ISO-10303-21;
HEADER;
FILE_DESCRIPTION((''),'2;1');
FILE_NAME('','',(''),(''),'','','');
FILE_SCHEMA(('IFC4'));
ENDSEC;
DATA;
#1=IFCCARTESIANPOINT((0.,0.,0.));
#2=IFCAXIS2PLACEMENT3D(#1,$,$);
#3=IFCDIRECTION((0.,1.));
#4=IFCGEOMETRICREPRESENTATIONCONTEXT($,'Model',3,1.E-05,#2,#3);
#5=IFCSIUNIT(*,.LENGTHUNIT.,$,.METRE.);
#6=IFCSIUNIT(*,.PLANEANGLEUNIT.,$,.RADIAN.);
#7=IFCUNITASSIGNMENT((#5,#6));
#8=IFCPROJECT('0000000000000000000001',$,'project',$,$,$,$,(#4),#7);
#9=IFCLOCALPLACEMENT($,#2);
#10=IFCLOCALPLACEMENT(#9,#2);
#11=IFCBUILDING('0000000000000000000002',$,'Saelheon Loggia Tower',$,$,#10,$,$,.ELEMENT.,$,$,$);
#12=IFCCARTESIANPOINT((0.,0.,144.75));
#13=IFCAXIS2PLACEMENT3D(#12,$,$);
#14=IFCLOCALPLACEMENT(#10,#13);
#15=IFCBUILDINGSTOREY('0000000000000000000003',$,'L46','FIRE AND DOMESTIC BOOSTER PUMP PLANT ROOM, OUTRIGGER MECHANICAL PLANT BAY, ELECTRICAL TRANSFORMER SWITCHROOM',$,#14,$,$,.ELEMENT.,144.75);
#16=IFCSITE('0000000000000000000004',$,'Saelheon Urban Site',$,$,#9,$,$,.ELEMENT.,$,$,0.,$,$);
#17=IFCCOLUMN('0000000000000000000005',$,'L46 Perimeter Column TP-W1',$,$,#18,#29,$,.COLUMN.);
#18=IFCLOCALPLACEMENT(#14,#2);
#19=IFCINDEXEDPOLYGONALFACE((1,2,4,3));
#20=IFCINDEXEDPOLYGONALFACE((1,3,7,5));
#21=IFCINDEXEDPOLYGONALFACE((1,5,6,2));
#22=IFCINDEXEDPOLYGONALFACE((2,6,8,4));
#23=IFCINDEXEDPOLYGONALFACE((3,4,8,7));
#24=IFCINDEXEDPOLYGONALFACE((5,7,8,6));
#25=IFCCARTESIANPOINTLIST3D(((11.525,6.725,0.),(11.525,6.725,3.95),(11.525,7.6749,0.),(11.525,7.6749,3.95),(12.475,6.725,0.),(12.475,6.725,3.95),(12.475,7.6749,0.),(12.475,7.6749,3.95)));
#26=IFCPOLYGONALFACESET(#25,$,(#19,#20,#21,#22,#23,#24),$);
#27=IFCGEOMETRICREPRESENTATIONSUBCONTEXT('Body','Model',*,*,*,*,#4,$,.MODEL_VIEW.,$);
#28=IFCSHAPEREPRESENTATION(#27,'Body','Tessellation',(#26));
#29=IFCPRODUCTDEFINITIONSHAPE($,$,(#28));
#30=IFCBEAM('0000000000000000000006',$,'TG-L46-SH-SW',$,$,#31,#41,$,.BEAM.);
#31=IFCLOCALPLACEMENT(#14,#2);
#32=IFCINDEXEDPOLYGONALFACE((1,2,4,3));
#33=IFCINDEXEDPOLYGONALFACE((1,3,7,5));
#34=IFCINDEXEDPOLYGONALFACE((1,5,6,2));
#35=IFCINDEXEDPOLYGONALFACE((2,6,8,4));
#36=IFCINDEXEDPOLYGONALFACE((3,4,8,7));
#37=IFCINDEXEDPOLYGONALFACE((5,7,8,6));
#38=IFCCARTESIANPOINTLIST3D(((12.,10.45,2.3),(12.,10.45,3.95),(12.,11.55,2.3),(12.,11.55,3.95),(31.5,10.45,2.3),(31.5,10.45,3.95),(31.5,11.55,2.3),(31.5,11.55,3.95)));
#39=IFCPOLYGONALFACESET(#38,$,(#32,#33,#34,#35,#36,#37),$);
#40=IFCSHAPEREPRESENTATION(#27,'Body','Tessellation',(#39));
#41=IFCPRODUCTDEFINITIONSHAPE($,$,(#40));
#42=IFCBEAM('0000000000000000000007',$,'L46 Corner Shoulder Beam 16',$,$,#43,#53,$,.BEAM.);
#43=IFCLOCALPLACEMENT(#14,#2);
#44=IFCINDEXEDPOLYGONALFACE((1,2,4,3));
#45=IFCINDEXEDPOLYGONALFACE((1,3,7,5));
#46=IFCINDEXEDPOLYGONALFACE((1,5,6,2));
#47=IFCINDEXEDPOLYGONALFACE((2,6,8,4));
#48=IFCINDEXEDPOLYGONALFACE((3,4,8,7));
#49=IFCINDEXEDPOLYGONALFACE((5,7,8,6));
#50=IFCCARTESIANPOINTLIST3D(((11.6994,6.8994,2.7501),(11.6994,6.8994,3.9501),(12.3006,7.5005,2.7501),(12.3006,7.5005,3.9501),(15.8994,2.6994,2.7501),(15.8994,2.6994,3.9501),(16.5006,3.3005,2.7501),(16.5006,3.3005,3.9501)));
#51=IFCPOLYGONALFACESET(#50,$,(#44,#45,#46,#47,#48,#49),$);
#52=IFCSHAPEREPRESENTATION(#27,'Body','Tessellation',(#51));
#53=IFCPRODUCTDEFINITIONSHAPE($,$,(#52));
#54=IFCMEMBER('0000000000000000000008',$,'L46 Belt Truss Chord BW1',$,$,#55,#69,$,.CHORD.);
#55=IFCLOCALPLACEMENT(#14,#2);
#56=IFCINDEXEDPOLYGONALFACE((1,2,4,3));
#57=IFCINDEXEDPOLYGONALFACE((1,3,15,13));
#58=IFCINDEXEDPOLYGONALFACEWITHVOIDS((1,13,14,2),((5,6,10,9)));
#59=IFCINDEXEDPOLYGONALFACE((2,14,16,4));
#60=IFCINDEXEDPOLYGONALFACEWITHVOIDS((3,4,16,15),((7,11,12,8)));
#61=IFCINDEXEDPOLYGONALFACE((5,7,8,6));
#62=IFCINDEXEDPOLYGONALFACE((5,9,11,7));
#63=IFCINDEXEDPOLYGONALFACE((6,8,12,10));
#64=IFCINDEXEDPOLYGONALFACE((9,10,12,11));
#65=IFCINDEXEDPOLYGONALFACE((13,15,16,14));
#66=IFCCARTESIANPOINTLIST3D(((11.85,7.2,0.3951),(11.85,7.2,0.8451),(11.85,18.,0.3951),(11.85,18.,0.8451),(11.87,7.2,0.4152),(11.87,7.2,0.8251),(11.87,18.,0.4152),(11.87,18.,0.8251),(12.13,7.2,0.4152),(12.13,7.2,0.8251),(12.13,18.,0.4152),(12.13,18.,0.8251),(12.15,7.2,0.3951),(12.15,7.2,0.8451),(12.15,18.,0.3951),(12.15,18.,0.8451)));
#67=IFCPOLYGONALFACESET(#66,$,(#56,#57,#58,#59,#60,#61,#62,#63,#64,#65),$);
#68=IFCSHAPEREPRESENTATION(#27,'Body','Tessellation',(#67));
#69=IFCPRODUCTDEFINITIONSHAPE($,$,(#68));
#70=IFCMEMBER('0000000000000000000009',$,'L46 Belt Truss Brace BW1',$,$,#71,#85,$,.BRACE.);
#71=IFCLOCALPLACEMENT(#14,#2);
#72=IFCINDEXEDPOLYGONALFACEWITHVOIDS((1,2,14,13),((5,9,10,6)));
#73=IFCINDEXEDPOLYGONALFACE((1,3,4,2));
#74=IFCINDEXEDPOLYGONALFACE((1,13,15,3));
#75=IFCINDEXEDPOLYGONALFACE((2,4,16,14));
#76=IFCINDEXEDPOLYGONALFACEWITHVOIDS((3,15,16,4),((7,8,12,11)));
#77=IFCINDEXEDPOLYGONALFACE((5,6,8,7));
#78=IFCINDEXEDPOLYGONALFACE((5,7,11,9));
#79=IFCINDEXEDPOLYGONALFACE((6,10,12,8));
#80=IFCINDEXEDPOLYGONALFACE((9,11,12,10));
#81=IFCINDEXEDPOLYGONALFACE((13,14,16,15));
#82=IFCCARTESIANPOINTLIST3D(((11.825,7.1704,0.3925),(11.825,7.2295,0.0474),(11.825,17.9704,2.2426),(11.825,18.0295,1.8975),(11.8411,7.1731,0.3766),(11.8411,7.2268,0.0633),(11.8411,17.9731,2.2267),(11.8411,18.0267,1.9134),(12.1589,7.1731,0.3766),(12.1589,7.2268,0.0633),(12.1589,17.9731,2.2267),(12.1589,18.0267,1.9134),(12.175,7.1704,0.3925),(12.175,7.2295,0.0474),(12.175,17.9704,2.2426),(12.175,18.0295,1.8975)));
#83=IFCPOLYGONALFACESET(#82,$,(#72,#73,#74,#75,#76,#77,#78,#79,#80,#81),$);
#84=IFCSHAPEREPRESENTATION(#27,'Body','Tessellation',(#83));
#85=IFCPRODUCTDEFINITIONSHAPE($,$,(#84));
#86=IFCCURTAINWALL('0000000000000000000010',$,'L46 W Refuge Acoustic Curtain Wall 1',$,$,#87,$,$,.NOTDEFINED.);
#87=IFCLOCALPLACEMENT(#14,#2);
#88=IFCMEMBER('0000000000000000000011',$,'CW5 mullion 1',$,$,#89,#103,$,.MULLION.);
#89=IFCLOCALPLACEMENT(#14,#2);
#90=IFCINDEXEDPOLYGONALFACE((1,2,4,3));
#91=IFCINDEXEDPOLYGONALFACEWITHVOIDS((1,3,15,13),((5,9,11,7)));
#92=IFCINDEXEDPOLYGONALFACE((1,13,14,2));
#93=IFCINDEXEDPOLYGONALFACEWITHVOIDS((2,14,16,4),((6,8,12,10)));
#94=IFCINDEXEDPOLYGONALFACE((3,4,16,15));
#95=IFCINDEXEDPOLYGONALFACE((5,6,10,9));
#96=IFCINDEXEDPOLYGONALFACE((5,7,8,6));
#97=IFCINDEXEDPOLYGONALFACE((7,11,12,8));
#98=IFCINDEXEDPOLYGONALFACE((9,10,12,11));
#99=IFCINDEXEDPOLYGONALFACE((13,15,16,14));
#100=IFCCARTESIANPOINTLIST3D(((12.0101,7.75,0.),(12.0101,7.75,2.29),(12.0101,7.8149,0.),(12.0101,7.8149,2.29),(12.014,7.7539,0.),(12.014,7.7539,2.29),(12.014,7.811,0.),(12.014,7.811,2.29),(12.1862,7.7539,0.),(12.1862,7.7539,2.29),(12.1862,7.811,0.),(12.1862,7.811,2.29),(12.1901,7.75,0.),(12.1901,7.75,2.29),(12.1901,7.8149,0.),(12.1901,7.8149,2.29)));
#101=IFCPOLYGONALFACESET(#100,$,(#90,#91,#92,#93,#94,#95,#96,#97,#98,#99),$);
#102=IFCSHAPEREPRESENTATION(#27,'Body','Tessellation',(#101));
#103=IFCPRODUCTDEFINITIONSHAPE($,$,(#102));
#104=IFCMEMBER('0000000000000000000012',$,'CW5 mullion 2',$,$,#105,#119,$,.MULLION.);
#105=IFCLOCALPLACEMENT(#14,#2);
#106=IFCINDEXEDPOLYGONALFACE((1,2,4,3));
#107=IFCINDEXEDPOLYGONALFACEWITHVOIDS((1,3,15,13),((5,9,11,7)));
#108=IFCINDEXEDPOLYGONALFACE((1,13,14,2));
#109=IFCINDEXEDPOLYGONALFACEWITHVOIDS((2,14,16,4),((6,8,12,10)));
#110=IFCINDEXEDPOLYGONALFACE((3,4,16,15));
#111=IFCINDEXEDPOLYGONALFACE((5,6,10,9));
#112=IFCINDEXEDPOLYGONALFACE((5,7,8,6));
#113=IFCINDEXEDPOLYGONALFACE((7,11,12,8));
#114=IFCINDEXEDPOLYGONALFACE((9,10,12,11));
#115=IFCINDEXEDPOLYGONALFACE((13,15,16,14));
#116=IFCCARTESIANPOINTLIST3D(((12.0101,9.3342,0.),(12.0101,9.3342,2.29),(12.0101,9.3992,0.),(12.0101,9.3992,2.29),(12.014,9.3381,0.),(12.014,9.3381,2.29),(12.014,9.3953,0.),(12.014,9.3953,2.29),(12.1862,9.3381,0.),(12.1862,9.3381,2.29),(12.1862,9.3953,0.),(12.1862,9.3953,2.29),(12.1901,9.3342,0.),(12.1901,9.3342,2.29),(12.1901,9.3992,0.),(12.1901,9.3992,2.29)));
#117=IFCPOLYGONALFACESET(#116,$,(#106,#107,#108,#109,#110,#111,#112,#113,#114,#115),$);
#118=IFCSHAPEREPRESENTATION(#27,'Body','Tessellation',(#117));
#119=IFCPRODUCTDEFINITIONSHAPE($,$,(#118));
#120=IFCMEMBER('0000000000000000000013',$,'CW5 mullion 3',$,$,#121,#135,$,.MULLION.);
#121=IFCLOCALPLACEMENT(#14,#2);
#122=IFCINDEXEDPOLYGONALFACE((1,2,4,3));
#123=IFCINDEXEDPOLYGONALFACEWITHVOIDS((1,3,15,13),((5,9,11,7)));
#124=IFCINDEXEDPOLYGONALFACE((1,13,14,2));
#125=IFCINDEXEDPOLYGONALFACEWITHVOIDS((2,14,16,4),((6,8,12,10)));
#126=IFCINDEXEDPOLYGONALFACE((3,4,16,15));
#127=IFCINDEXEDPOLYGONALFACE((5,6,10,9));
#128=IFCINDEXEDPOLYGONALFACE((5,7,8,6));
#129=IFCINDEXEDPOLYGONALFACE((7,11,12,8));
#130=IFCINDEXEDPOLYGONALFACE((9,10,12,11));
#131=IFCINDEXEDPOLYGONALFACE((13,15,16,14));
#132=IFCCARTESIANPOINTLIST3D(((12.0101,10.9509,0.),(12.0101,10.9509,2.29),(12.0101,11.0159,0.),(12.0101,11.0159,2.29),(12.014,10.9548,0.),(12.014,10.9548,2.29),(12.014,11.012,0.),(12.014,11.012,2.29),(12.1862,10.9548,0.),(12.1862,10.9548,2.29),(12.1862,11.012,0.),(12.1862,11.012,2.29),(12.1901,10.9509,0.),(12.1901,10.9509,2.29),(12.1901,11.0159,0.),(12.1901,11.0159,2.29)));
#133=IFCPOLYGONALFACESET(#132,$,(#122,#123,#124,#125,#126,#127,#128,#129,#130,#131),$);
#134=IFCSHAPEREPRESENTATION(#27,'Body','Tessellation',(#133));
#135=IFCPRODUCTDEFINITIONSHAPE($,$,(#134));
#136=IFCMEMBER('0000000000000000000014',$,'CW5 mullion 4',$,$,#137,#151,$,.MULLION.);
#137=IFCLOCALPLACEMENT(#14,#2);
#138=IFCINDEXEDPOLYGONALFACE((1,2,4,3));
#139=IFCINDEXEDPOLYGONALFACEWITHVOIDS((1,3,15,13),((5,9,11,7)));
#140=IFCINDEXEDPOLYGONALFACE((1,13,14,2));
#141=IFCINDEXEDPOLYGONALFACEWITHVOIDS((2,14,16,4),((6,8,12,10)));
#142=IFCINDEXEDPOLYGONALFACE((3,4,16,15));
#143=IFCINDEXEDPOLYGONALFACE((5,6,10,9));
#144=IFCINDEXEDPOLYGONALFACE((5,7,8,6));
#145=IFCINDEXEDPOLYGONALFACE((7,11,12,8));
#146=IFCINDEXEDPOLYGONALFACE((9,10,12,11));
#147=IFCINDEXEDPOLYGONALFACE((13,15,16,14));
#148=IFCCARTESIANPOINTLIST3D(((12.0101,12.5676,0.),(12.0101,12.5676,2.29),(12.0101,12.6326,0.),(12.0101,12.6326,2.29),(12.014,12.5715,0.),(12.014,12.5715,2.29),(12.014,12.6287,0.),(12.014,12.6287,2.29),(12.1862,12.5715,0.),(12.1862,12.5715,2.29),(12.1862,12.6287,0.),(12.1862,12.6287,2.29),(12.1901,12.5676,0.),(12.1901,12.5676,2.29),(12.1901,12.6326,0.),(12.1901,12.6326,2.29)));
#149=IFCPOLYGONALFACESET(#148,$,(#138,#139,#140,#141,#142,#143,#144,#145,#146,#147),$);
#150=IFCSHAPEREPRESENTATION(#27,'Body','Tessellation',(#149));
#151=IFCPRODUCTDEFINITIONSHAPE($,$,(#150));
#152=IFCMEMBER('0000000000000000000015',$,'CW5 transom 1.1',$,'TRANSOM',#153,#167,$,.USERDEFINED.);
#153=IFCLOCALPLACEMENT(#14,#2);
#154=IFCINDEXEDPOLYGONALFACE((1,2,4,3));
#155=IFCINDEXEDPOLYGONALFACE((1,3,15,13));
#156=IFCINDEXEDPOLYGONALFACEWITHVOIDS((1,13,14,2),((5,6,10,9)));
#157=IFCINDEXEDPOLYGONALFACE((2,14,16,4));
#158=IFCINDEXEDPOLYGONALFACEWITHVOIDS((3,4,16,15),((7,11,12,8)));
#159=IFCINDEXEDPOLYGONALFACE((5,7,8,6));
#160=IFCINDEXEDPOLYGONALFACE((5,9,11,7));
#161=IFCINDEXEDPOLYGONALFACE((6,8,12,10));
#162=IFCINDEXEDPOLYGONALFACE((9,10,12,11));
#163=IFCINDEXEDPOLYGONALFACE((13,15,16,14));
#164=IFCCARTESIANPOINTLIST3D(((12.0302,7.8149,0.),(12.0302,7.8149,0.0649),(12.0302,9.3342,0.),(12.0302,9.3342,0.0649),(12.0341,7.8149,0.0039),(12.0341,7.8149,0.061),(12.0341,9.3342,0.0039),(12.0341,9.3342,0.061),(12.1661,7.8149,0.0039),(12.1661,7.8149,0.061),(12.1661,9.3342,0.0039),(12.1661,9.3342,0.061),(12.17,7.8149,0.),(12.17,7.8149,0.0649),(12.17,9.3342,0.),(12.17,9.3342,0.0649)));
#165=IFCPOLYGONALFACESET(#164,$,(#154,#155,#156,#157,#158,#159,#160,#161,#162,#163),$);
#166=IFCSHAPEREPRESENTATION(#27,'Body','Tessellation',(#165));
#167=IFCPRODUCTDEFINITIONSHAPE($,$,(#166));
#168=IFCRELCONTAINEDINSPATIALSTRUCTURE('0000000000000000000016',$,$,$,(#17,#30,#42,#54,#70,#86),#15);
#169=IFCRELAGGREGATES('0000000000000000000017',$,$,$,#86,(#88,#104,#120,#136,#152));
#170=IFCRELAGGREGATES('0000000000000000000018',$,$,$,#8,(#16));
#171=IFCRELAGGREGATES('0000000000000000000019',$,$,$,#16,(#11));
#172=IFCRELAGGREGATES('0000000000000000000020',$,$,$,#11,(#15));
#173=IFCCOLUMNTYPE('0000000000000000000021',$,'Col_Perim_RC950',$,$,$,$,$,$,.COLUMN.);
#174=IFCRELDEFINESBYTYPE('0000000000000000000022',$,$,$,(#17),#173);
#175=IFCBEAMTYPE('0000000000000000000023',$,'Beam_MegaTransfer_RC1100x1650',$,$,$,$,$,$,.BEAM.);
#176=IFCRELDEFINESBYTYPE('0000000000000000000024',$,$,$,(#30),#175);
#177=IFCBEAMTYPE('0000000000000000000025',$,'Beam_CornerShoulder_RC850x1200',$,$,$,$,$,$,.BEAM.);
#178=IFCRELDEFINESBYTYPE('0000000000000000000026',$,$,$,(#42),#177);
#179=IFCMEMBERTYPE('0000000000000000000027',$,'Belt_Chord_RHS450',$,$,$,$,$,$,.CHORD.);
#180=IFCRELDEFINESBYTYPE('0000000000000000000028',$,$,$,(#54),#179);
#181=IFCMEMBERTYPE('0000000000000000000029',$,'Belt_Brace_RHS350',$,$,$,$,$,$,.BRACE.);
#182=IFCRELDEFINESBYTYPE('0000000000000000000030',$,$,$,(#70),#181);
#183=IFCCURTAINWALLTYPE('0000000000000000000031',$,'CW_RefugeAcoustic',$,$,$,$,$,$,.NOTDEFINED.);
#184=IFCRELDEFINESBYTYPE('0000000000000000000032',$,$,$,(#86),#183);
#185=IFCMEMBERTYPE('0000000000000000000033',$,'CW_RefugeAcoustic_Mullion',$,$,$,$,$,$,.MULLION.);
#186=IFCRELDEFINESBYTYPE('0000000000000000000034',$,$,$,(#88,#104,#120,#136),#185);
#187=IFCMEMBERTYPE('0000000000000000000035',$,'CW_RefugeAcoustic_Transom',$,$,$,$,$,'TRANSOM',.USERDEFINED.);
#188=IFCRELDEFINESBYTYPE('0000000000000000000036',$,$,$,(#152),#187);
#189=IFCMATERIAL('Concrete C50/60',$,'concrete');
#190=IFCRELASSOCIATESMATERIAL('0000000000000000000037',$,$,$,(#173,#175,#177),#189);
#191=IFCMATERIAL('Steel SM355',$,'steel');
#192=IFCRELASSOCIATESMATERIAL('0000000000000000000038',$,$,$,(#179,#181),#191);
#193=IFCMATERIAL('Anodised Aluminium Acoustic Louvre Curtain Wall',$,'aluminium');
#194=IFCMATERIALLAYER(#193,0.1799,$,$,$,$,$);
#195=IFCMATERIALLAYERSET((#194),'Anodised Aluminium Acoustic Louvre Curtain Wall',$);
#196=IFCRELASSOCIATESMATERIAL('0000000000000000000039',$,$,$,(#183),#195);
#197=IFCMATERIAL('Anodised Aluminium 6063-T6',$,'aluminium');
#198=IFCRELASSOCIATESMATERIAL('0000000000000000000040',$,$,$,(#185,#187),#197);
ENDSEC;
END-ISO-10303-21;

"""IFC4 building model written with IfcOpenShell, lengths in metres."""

from ifc_helpers import new_model, si_unit, direction, frame, origin, origin_2d, place, context, subcontext, project, spatial, rectangle, hollow_rectangle, extrude, source, transform, mapped, material, layer, layer_set, material_profile, profile_set, type_object, element, aggregate, save


model = new_model("IFC4")

# Units and contexts
model_context = context("Model", 3, precision=1e-05, world=origin(), true_north=direction((0.0, 1.0)))
body_context = subcontext(model_context, "Body", "Model", "MODEL_VIEW")
ifc_project = project(units=[si_unit("LENGTHUNIT", "METRE"), si_unit("PLANEANGLEUNIT", "RADIAN")], contexts=[model_context])

# Site, building, storey
site_placement = place(None, origin())
site = spatial("IfcSite", under=ifc_project, at=site_placement, Name="Saelheon Urban Site", CompositionType="ELEMENT", RefElevation=0.0)
building_placement = place(site_placement, origin())
building = spatial("IfcBuilding", under=site, at=building_placement, Name="Saelheon Loggia Tower", CompositionType="ELEMENT")
storey_placement = place(building_placement, frame((0.0, 0.0, 144.75)))
storey = spatial("IfcBuildingStorey", under=building, at=storey_placement, Name="L46", Description="FIRE AND DOMESTIC BOOSTER PUMP PLANT ROOM, OUTRIGGER MECHANICAL PLANT BAY, ELECTRICAL TRANSFORMER SWITCHROOM", CompositionType="ELEMENT", Elevation=144.75)

# Column
ifc_material_1 = material(Name="Concrete C50/60", Category="concrete")
ifc_material_profile_1 = material_profile(ifc_material_1, rectangle(XDim=0.95, YDim=0.95, at=origin_2d()), Name="RC-950x950")
ifc_profile_set_1 = profile_set([ifc_material_profile_1], Name="Concrete C50/60")
column_type = type_object("IfcColumnType", Name="Col_Perim_RC950", PredefinedType="COLUMN", material=ifc_profile_set_1)
shared_shape_1 = source(origin(), body_context, "Body", "SweptSolid", [
    extrude(rectangle(XDim=0.95, YDim=0.95, at=origin_2d()), origin(), (0.0, 0.0, 1.0), 3.95),
])
column_placement = place(storey_placement, frame((12.0, 7.2, 0.0), z_axis=(0.0, 0.0, 1.0), x_axis=(1.0, 0.0, 0.0)))
element("IfcColumn", 1, at=column_placement, inside=storey, type_object=column_type, Name="L46 Perimeter Column TP-W1", PredefinedType="COLUMN", context=body_context, shape_type="MappedRepresentation", body=[
    mapped(shared_shape_1, transform((0.0, 0.0, 0.0), scale=1.0)),
])

# Beams
ifc_material_profile_2 = material_profile(ifc_material_1, rectangle(XDim=1.1001, YDim=1.6499, at=origin_2d()), Name="RC-1100x1650")
ifc_profile_set_2 = profile_set([ifc_material_profile_2], Name="Concrete C50/60")
beam_type_1 = type_object("IfcBeamType", Name="Beam_MegaTransfer_RC1100x1650", PredefinedType="BEAM", material=ifc_profile_set_2)
shared_shape_2 = source(origin(), body_context, "Body", "SweptSolid", [
    extrude(rectangle(XDim=1.1001, YDim=1.6499, at=origin_2d()), origin(), (0.0, 0.0, 1.0), 19.5),
])
beam_1_placement = place(storey_placement, frame((12.0, 11.0, 3.125), z_axis=(1.0, 0.0, 0.0), x_axis=(0.0, 1.0, 0.0)))
element("IfcBeam", 2, at=beam_1_placement, inside=storey, type_object=beam_type_1, Name="TG-L46-SH-SW", PredefinedType="BEAM", context=body_context, shape_type="MappedRepresentation", body=[
    mapped(shared_shape_2, transform((0.0, 0.0, 0.0), scale=1.0)),
])
ifc_material_profile_3 = material_profile(ifc_material_1, rectangle(XDim=0.8501, YDim=1.2, at=origin_2d()), Name="RC-850x1200")
ifc_profile_set_3 = profile_set([ifc_material_profile_3], Name="Concrete C50/60")
beam_type_2 = type_object("IfcBeamType", Name="Beam_CornerShoulder_RC850x1200", PredefinedType="BEAM", material=ifc_profile_set_3)
shared_shape_3 = source(origin(), body_context, "Body", "SweptSolid", [
    extrude(rectangle(XDim=0.8501, YDim=1.2, at=origin_2d()), origin(), (0.0, 0.0, 1.0), 5.9397),
])
beam_2_placement = place(storey_placement, frame((12.0, 7.2, 3.3501), z_axis=(0.707107, -0.707107, 0.0), x_axis=(0.707107, 0.707107, 0.0)))
element("IfcBeam", 3, at=beam_2_placement, inside=storey, type_object=beam_type_2, Name="L46 Corner Shoulder Beam 16", PredefinedType="BEAM", context=body_context, shape_type="MappedRepresentation", body=[
    mapped(shared_shape_3, transform((0.0, 0.0, 0.0), scale=1.0)),
])

# Members
ifc_material_2 = material(Name="Steel SM355", Category="steel")
ifc_material_profile_4 = material_profile(ifc_material_2, hollow_rectangle(XDim=0.3, YDim=0.45, WallThickness=0.02, at=origin_2d()), Name="RHS-450x300x20")
ifc_profile_set_4 = profile_set([ifc_material_profile_4], Name="Steel SM355")
member_type_1 = type_object("IfcMemberType", Name="Belt_Chord_RHS450", PredefinedType="CHORD", material=ifc_profile_set_4)
shared_shape_4 = source(origin(), body_context, "Body", "SweptSolid", [
    extrude(hollow_rectangle(XDim=0.3, YDim=0.45, WallThickness=0.02, at=origin_2d()), origin(), (0.0, 0.0, 1.0), 10.8),
])
member_1_placement = place(storey_placement, frame((12.0, 7.2, 0.6201), z_axis=(0.0, 1.0, 0.0), x_axis=(-1.0, 0.0, 0.0)))
element("IfcMember", 4, at=member_1_placement, inside=storey, type_object=member_type_1, Name="L46 Belt Truss Chord BW1", PredefinedType="CHORD", context=body_context, shape_type="MappedRepresentation", body=[
    mapped(shared_shape_4, transform((0.0, 0.0, 0.0), scale=1.0)),
])
ifc_material_profile_5 = material_profile(ifc_material_2, hollow_rectangle(XDim=0.3501, YDim=0.3501, WallThickness=0.0161, at=origin_2d()), Name="RHS-350x350x16")
ifc_profile_set_5 = profile_set([ifc_material_profile_5], Name="Steel SM355")
member_type_2 = type_object("IfcMemberType", Name="Belt_Brace_RHS350", PredefinedType="BRACE", material=ifc_profile_set_5)
shared_shape_5 = source(origin(), body_context, "Body", "SweptSolid", [
    extrude(hollow_rectangle(XDim=0.3501, YDim=0.3501, WallThickness=0.0161, at=origin_2d()), origin(), (0.0, 0.0, 1.0), 10.9573),
])
member_2_placement = place(storey_placement, frame((12.0, 7.2, 0.22), z_axis=(0.0, 0.985643, 0.168845), x_axis=(-1.0, 0.0, 0.0)))
element("IfcMember", 5, at=member_2_placement, inside=storey, type_object=member_type_2, Name="L46 Belt Truss Brace BW1", PredefinedType="BRACE", context=body_context, shape_type="MappedRepresentation", body=[
    mapped(shared_shape_5, transform((0.0, 0.0, 0.0), scale=1.0)),
])

# Curtain wall, members
ifc_material_3 = material(Name="Anodised Aluminium Acoustic Louvre Curtain Wall", Category="aluminium")
ifc_layer_1 = layer(ifc_material_3, 0.1799)
ifc_layer_set_1 = layer_set([ifc_layer_1], Name="Anodised Aluminium Acoustic Louvre Curtain Wall")
curtain_wall_type = type_object("IfcCurtainWallType", Name="CW_RefugeAcoustic", PredefinedType="NOTDEFINED", material=ifc_layer_set_1)
curtain_wall_placement = place(storey_placement, origin())
curtain_wall = element("IfcCurtainWall", 6, at=curtain_wall_placement, inside=storey, type_object=curtain_wall_type, Name="L46 W Refuge Acoustic Curtain Wall 1", PredefinedType="NOTDEFINED")
ifc_material_4 = material(Name="Anodised Aluminium 6063-T6", Category="aluminium")
ifc_material_profile_6 = material_profile(ifc_material_4, hollow_rectangle(XDim=0.0649, YDim=0.1799, WallThickness=0.0039, at=origin_2d()), Name="RHS-180x65x4")
ifc_profile_set_6 = profile_set([ifc_material_profile_6], Name="Anodised Aluminium 6063-T6")
member_type_3 = type_object("IfcMemberType", Name="CW_RefugeAcoustic_Mullion", PredefinedType="MULLION", material=ifc_profile_set_6)
shared_shape_6 = source(origin(), body_context, "Body", "SweptSolid", [
    extrude(hollow_rectangle(XDim=0.0649, YDim=0.1799, WallThickness=0.0039, at=origin_2d()), origin(), (0.0, 0.0, 1.0), 2.29),
])
member_3_placement = place(storey_placement, frame((12.1001, 7.7825, 0.0), z_axis=(0.0, 0.0, 1.0), x_axis=(0.0, 1.0, 0.0)))
member_3 = element("IfcMember", 7, at=member_3_placement, type_object=member_type_3, Name="CW5 mullion 1", PredefinedType="MULLION", context=body_context, shape_type="MappedRepresentation", body=[
    mapped(shared_shape_6, transform((0.0, 0.0, 0.0), scale=1.0)),
])
member_4_placement = place(storey_placement, frame((12.1001, 9.3667, 0.0), z_axis=(0.0, 0.0, 1.0), x_axis=(0.0, 1.0, 0.0)))
member_4 = element("IfcMember", 8, at=member_4_placement, type_object=member_type_3, Name="CW5 mullion 2", PredefinedType="MULLION", context=body_context, shape_type="MappedRepresentation", body=[
    mapped(shared_shape_6, transform((0.0, 0.0, 0.0), scale=1.0)),
])
member_5_placement = place(storey_placement, frame((12.1001, 10.9834, 0.0), z_axis=(0.0, 0.0, 1.0), x_axis=(0.0, 1.0, 0.0)))
member_5 = element("IfcMember", 9, at=member_5_placement, type_object=member_type_3, Name="CW5 mullion 3", PredefinedType="MULLION", context=body_context, shape_type="MappedRepresentation", body=[
    mapped(shared_shape_6, transform((0.0, 0.0, 0.0), scale=1.0)),
])
member_6_placement = place(storey_placement, frame((12.1001, 12.6001, 0.0), z_axis=(0.0, 0.0, 1.0), x_axis=(0.0, 1.0, 0.0)))
member_6 = element("IfcMember", 10, at=member_6_placement, type_object=member_type_3, Name="CW5 mullion 4", PredefinedType="MULLION", context=body_context, shape_type="MappedRepresentation", body=[
    mapped(shared_shape_6, transform((0.0, 0.0, 0.0), scale=1.0)),
])
ifc_material_profile_7 = material_profile(ifc_material_4, hollow_rectangle(XDim=0.0649, YDim=0.1399, WallThickness=0.0039, at=origin_2d()), Name="RHS-140x65x4")
ifc_profile_set_7 = profile_set([ifc_material_profile_7], Name="Anodised Aluminium 6063-T6")
member_type_4 = type_object("IfcMemberType", Name="CW_RefugeAcoustic_Transom", ElementType="TRANSOM", PredefinedType="USERDEFINED", material=ifc_profile_set_7)
shared_shape_7 = source(origin(), body_context, "Body", "SweptSolid", [
    extrude(hollow_rectangle(XDim=0.0649, YDim=0.1399, WallThickness=0.0039, at=origin_2d()), origin(), (0.0, 0.0, 1.0), 1.5193),
])
member_7_placement = place(storey_placement, frame((12.1001, 7.8149, 0.0325), z_axis=(0.0, 1.0, 0.0), x_axis=(0.0, 0.0, 1.0)))
member_7 = element("IfcMember", 11, at=member_7_placement, type_object=member_type_4, Name="CW5 transom 1.1", ObjectType="TRANSOM", PredefinedType="USERDEFINED", context=body_context, shape_type="MappedRepresentation", body=[
    mapped(shared_shape_7, transform((0.0, 0.0, 0.0), scale=1.0)),
])

aggregate(curtain_wall, [member_3, member_4, member_5, member_6, member_7])

save(model, "model.ifc")
